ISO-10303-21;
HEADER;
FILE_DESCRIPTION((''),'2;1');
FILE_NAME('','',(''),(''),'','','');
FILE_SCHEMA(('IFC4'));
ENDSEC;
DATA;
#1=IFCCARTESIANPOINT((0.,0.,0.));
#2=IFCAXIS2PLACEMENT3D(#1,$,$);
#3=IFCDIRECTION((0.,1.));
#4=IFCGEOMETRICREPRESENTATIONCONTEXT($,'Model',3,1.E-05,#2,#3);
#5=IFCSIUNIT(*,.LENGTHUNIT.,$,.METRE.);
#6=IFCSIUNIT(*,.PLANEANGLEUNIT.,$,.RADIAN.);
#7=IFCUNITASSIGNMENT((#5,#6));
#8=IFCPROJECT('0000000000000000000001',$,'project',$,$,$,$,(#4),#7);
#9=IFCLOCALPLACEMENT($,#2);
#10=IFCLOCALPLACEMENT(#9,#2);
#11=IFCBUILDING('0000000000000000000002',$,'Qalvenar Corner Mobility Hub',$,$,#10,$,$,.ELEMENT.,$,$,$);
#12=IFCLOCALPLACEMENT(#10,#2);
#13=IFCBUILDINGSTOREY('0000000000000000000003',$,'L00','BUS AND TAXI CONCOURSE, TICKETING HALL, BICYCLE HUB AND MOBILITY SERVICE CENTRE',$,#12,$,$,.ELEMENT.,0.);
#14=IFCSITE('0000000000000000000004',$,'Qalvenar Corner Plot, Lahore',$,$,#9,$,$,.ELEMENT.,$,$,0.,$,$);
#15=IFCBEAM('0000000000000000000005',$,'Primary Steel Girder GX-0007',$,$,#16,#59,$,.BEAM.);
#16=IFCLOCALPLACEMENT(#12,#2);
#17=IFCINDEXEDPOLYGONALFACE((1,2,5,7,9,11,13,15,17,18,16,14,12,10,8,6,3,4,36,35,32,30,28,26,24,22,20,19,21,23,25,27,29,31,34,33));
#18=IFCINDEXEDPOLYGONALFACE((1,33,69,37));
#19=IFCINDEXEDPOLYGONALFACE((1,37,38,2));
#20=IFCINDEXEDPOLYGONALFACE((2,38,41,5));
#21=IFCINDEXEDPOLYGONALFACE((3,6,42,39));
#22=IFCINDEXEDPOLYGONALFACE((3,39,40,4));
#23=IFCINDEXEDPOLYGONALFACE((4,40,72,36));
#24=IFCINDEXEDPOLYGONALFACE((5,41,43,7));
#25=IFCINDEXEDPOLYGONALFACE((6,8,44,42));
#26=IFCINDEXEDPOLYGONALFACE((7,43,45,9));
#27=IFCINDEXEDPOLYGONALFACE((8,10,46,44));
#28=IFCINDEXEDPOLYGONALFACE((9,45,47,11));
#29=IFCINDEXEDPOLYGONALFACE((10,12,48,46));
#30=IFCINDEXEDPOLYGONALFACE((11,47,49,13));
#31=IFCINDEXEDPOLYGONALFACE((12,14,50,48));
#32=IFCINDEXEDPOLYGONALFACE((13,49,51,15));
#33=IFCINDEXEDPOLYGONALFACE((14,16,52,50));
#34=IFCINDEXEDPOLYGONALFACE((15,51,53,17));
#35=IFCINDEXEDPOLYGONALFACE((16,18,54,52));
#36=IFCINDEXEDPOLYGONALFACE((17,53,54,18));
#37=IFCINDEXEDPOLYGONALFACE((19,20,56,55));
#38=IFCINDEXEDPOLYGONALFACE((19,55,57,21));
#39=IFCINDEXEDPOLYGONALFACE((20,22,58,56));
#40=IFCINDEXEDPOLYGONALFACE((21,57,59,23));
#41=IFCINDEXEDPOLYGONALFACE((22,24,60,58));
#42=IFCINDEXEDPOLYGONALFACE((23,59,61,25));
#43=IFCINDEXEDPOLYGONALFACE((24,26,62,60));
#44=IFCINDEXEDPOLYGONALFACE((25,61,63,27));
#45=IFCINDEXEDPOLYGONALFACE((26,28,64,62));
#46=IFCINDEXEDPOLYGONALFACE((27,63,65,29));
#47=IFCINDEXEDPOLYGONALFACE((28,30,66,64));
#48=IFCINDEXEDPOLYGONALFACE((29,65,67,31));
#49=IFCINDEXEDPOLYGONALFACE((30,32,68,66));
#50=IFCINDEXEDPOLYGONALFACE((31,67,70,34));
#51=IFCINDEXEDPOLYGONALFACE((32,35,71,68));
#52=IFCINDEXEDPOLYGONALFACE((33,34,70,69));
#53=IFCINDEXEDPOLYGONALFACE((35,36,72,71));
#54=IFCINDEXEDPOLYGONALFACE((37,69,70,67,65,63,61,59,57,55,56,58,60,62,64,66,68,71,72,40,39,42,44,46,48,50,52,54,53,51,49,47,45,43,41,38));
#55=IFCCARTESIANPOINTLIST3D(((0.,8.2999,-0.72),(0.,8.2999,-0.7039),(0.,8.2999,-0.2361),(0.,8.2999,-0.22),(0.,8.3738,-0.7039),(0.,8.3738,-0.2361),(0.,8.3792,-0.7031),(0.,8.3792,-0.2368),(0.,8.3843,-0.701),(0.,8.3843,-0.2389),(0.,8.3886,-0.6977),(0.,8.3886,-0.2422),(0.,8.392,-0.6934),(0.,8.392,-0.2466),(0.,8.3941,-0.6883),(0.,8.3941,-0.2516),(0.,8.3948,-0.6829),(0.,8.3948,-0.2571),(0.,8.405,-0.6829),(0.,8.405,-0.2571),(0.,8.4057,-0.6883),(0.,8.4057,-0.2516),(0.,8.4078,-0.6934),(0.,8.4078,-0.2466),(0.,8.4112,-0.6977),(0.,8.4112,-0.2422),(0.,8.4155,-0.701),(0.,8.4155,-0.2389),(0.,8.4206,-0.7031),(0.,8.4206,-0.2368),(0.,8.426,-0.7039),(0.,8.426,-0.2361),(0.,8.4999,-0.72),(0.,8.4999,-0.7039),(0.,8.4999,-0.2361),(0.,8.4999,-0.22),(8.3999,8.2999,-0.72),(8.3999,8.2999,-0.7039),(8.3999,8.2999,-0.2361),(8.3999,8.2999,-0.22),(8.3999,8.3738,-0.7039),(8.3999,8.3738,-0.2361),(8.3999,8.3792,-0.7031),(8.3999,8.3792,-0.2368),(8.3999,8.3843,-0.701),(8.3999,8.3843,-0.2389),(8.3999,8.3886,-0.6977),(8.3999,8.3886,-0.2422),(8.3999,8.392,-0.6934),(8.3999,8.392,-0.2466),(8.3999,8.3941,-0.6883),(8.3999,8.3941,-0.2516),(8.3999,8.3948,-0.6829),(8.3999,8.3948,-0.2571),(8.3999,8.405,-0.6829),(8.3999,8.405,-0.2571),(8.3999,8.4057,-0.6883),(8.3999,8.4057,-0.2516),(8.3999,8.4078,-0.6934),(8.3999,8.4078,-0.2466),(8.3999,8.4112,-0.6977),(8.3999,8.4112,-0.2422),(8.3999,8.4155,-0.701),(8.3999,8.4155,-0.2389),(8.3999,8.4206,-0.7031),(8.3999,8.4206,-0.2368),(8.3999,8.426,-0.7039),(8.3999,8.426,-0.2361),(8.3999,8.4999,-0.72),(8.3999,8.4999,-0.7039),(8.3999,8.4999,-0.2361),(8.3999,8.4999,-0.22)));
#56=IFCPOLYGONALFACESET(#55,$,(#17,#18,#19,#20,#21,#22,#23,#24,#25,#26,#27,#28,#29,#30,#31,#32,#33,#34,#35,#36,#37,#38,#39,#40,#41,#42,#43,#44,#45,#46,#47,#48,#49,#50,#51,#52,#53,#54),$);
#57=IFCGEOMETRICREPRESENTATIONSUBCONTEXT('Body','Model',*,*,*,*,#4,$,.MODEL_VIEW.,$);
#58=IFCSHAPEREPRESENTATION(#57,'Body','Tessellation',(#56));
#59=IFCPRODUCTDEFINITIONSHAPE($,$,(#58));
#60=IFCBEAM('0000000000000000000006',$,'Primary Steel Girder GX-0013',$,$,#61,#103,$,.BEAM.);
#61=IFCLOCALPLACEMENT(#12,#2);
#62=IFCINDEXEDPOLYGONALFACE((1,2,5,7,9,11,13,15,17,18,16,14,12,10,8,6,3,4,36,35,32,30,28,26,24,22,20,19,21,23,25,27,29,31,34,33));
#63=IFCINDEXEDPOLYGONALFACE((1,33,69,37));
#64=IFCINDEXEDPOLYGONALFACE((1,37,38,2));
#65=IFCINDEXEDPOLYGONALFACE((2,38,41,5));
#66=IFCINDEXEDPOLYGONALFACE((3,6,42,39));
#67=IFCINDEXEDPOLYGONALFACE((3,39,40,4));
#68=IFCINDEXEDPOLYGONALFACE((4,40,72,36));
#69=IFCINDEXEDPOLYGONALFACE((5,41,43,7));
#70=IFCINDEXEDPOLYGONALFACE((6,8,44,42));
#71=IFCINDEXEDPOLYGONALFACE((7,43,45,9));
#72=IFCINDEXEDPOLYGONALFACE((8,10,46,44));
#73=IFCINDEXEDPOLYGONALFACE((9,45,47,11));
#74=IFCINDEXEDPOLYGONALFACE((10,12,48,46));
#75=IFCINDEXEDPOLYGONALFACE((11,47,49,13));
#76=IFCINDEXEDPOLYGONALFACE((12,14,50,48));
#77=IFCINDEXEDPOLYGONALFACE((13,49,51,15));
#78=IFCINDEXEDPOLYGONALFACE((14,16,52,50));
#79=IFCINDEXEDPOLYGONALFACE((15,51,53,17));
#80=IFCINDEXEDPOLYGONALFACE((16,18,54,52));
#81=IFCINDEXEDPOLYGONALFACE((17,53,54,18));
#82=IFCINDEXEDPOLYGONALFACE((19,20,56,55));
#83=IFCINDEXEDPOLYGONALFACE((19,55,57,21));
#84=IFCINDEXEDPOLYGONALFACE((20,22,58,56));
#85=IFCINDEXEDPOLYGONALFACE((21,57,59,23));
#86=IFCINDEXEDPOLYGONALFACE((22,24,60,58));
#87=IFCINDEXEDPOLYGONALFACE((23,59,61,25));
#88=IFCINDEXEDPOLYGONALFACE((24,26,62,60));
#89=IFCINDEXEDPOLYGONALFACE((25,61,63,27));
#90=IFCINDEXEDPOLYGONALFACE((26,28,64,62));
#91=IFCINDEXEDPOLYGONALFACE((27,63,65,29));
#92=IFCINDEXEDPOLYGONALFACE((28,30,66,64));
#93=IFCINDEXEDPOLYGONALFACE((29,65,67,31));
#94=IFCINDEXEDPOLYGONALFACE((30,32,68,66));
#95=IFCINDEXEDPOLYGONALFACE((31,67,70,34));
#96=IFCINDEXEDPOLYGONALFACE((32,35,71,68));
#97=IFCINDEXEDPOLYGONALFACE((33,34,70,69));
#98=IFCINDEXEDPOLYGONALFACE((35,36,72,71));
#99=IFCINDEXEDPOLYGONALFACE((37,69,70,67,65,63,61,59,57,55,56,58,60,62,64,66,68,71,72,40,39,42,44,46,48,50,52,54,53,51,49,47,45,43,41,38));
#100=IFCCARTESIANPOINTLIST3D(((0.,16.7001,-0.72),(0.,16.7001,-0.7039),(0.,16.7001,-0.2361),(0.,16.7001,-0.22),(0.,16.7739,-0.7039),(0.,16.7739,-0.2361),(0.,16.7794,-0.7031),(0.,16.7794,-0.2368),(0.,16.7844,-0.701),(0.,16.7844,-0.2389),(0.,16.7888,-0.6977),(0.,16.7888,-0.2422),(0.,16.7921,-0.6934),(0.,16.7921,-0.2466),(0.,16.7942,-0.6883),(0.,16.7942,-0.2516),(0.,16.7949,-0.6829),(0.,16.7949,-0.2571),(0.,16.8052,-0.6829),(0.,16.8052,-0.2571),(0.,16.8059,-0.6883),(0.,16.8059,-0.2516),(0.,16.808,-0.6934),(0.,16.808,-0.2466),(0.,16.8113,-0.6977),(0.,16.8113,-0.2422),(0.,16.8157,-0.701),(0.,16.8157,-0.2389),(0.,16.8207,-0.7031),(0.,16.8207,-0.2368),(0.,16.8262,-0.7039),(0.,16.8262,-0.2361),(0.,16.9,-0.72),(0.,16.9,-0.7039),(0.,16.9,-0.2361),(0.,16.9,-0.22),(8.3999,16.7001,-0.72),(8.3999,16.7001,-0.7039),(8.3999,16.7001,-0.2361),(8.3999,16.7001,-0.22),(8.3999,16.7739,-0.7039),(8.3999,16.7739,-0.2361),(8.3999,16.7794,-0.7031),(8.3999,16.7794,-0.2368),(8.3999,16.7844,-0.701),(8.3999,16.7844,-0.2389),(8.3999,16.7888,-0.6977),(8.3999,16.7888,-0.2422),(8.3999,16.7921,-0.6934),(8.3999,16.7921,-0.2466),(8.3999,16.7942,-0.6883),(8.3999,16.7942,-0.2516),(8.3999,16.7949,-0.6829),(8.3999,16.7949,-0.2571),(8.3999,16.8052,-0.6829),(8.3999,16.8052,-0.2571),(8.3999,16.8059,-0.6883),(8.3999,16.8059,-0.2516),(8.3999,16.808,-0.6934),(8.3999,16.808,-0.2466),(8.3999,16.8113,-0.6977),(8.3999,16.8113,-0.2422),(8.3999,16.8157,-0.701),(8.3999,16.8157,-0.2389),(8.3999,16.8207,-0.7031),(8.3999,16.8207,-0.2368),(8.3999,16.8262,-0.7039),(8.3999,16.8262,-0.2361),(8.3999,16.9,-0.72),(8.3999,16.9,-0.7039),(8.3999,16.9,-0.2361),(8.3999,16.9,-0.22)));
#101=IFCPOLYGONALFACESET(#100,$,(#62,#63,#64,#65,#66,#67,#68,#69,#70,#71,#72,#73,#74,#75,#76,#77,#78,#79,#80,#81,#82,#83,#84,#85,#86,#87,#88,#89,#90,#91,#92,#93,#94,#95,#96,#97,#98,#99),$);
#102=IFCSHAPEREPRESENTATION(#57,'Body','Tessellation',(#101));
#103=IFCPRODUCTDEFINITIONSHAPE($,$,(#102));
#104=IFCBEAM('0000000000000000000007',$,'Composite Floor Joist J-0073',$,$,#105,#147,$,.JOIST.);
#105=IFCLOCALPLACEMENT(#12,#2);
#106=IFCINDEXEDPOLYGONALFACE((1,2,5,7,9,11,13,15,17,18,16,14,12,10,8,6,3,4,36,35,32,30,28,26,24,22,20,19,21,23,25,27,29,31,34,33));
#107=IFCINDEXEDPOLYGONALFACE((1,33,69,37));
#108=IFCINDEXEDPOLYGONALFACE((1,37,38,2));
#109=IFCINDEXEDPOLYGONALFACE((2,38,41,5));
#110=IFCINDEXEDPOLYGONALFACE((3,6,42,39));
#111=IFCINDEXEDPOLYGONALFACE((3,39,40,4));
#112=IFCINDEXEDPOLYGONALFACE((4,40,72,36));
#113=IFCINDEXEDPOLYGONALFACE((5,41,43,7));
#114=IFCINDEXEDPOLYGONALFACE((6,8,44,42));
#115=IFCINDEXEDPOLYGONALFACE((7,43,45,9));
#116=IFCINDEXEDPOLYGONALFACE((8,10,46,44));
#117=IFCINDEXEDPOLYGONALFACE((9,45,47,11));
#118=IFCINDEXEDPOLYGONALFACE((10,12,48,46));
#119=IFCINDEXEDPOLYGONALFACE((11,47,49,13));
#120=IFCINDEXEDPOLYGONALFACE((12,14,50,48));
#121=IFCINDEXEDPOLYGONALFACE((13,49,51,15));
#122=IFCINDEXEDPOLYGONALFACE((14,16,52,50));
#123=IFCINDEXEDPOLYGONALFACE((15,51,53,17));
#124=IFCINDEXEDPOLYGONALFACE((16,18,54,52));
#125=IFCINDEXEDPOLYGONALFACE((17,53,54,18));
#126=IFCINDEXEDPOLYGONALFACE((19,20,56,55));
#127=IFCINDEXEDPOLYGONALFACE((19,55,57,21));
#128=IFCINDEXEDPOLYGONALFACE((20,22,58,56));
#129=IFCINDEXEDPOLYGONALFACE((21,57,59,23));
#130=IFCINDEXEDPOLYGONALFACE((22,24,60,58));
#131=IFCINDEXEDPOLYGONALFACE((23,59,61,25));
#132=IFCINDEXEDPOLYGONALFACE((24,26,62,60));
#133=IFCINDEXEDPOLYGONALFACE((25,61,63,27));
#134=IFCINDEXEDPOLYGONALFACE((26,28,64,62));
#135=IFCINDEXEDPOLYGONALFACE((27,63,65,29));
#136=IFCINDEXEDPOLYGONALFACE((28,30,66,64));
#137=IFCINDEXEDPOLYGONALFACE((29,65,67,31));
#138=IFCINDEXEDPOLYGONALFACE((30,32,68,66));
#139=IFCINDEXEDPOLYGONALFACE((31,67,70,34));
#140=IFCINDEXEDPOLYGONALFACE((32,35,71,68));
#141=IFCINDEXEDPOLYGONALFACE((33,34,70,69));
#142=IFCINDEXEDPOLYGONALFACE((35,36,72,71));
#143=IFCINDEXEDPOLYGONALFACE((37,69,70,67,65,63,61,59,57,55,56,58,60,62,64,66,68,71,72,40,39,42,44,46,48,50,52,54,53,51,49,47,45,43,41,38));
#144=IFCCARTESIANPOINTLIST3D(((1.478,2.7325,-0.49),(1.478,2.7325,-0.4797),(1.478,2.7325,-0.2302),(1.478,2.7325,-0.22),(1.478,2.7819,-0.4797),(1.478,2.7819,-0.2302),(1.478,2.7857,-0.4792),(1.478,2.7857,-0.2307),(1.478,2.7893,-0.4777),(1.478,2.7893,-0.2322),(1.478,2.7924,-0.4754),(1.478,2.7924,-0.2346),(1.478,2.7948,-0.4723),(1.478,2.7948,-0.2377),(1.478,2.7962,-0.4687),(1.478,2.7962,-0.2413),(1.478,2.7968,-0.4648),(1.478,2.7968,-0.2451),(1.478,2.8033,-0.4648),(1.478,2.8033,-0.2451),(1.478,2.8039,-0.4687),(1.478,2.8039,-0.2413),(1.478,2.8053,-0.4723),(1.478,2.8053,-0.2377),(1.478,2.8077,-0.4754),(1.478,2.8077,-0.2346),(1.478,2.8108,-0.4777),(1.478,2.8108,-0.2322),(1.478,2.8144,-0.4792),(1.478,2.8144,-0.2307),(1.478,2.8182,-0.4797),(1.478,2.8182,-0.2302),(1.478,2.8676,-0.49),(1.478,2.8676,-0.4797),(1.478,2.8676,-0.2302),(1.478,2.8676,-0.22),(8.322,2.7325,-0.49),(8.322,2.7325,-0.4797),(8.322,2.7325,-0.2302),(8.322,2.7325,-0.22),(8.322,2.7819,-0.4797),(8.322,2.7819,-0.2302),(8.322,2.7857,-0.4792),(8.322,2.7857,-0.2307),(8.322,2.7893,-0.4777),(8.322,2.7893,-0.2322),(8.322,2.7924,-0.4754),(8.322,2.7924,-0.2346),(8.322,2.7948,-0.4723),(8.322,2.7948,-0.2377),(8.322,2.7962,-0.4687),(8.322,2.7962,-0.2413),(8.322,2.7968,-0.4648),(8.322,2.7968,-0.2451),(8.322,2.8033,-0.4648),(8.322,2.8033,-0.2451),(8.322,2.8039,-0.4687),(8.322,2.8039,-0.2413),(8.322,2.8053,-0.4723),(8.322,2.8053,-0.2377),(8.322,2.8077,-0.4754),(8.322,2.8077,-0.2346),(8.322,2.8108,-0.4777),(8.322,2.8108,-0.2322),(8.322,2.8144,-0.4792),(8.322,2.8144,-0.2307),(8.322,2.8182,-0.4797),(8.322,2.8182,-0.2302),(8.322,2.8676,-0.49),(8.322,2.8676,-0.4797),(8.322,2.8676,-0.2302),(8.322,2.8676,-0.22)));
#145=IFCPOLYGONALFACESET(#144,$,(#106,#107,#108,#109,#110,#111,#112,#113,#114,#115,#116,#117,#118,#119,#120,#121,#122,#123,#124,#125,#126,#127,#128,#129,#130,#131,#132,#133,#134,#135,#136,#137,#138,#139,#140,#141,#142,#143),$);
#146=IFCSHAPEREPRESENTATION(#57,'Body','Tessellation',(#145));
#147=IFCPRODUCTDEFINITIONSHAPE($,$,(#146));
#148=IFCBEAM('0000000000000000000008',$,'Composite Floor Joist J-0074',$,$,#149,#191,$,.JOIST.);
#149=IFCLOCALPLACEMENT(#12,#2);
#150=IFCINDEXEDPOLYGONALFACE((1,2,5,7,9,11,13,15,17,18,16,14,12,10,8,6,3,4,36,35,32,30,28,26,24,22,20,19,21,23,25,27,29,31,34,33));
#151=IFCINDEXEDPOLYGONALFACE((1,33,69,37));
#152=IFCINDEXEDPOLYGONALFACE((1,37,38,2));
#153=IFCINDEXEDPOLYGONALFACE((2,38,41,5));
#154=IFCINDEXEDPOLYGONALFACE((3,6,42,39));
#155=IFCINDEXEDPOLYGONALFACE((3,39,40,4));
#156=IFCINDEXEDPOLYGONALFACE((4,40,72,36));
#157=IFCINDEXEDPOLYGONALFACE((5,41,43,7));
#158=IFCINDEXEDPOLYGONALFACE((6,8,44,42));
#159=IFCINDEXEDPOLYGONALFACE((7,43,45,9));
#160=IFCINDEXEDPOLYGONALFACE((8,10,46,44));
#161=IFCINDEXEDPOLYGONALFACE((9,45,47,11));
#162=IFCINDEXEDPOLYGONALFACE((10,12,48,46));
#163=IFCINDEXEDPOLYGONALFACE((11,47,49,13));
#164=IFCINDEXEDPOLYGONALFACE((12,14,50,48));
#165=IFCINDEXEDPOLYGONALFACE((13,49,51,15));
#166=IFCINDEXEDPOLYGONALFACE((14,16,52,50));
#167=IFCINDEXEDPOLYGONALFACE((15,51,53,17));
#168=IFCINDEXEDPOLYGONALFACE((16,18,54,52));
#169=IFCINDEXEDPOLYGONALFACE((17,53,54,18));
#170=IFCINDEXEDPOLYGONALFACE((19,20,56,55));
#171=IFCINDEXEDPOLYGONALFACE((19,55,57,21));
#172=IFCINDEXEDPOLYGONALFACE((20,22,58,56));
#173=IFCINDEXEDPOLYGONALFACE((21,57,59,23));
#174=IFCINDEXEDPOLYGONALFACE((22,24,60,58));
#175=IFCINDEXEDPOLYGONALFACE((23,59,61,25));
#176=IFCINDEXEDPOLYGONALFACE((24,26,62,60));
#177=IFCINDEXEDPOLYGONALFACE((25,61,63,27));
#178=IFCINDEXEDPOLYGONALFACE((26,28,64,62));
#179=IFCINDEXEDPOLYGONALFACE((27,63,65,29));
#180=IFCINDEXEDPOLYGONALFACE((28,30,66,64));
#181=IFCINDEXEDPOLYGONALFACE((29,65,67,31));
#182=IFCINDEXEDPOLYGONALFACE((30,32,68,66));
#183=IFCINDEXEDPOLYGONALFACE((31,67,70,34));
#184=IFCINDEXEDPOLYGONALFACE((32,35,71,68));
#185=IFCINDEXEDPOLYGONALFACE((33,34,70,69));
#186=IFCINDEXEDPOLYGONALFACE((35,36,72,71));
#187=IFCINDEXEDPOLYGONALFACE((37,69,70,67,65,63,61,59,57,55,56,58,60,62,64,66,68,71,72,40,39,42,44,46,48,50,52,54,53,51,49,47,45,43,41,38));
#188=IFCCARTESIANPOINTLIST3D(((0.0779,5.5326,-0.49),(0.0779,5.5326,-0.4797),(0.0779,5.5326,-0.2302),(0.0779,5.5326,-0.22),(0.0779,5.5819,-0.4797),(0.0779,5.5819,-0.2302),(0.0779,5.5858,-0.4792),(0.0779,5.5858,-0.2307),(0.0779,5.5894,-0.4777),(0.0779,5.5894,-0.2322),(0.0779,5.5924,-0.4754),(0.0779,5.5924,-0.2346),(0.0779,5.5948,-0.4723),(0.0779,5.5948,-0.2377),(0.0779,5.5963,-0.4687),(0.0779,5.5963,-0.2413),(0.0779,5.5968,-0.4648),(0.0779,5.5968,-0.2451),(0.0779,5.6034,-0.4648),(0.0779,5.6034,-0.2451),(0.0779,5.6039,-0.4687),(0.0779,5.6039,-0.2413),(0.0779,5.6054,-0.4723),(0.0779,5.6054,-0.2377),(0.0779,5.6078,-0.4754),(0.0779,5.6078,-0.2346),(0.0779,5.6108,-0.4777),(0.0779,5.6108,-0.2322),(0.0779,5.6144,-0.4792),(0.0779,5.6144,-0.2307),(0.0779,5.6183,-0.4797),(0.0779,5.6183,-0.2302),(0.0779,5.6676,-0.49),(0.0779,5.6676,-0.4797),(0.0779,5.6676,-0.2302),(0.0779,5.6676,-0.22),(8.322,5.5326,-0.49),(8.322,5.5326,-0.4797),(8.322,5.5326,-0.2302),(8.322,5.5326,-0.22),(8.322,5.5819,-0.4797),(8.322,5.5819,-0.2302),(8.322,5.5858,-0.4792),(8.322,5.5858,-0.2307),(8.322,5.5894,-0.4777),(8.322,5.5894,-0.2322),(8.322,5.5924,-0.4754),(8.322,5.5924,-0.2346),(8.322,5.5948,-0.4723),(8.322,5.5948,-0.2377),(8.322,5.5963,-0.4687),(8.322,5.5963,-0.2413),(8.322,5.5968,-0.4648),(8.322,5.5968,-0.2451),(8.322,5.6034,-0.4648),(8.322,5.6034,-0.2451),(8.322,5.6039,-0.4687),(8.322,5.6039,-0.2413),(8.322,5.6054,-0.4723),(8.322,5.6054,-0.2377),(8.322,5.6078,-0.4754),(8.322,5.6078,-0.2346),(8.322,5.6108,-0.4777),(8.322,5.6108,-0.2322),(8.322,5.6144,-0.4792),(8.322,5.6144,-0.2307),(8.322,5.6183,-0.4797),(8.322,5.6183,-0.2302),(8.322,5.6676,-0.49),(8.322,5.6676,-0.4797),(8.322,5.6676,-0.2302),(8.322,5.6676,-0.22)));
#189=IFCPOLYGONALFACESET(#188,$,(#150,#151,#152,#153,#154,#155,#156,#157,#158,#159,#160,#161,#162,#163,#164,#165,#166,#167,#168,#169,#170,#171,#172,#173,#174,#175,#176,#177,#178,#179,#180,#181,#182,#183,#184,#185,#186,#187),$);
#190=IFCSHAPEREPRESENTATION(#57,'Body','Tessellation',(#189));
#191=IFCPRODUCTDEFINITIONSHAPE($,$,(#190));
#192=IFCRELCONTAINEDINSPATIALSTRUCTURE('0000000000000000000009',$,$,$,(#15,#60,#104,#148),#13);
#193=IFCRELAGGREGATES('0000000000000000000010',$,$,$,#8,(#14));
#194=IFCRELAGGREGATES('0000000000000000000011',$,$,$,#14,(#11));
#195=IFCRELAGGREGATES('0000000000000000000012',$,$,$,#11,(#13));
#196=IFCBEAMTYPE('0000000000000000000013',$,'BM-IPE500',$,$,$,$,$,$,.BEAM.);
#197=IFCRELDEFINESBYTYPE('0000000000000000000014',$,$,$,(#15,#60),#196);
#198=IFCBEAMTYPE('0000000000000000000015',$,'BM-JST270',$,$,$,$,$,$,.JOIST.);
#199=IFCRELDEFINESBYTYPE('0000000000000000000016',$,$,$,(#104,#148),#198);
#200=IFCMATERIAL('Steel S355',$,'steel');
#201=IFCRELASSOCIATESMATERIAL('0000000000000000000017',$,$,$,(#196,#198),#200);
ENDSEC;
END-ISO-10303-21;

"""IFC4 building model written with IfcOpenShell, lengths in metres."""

from ifc_helpers import new_model, si_unit, direction, frame, origin, origin_2d, place, context, subcontext, project, spatial, i_section, extrude, material, material_profile, profile_set, type_object, element, save


model = new_model("IFC4")

# Units and contexts
model_context = context("Model", 3, precision=1e-05, world=origin(), true_north=direction((0.0, 1.0)))
body_context = subcontext(model_context, "Body", "Model", "MODEL_VIEW")
ifc_project = project(units=[si_unit("LENGTHUNIT", "METRE"), si_unit("PLANEANGLEUNIT", "RADIAN")], contexts=[model_context])

# Site, building, storey
site_placement = place(None, origin())
site = spatial("IfcSite", under=ifc_project, at=site_placement, Name="Qalvenar Corner Plot, Lahore", CompositionType="ELEMENT", RefElevation=0.0)
building_placement = place(site_placement, origin())
building = spatial("IfcBuilding", under=site, at=building_placement, Name="Qalvenar Corner Mobility Hub", CompositionType="ELEMENT")
storey_placement = place(building_placement, origin())
storey = spatial("IfcBuildingStorey", under=building, at=storey_placement, Name="L00", Description="BUS AND TAXI CONCOURSE, TICKETING HALL, BICYCLE HUB AND MOBILITY SERVICE CENTRE", CompositionType="ELEMENT", Elevation=0.0)

# Shared definitions
ifc_material_1 = material(Name="Steel S355", Category="steel")

# Beams
ifc_material_profile_1 = material_profile(ifc_material_1, i_section(OverallWidth=0.2, OverallDepth=0.5, WebThickness=0.0103, FlangeThickness=0.0161, FilletRadius=0.021, at=origin_2d()), Name="IPE500")
ifc_profile_set_1 = profile_set([ifc_material_profile_1], Name="Steel S355")
beam_type_1 = type_object("IfcBeamType", Name="BM-IPE500", PredefinedType="BEAM", material=ifc_profile_set_1)
for number, where, z_axis, x_axis, name in (
    (1, (0.0, 8.3999, -0.47), (1.0, 0.0, 0.0), (0.0, 1.0, 0.0), "Primary Steel Girder GX-0007"),
    (2, (0.0, 16.8, -0.47), (1.0, 0.0, 0.0), (0.0, 1.0, 0.0), "Primary Steel Girder GX-0013"),
):
    element("IfcBeam", number, at=place(storey_placement, frame(where, z_axis=z_axis, x_axis=x_axis)), inside=storey, type_object=beam_type_1, Name=name, PredefinedType="BEAM", context=body_context, shape_type="SweptSolid", body=[
        extrude(i_section(OverallWidth=0.2, OverallDepth=0.5, WebThickness=0.0103, FlangeThickness=0.0161, FilletRadius=0.021, at=origin_2d()), origin(), (0.0, 0.0, 1.0), 8.3999),
    ])
ifc_material_profile_2 = material_profile(ifc_material_1, i_section(OverallWidth=0.135, OverallDepth=0.27, WebThickness=0.0066, FlangeThickness=0.0103, FilletRadius=0.0149, at=origin_2d()), Name="IPE270")
ifc_profile_set_2 = profile_set([ifc_material_profile_2], Name="Steel S355")
beam_type_2 = type_object("IfcBeamType", Name="BM-JST270", PredefinedType="JOIST", material=ifc_profile_set_2)
beam_1_placement = place(storey_placement, frame((1.478, 2.8, -0.355), z_axis=(1.0, 0.0, 0.0), x_axis=(0.0, 1.0, 0.0)))
element("IfcBeam", 3, at=beam_1_placement, inside=storey, type_object=beam_type_2, Name="Composite Floor Joist J-0073", PredefinedType="JOIST", context=body_context, shape_type="SweptSolid", body=[
    extrude(i_section(OverallWidth=0.135, OverallDepth=0.27, WebThickness=0.0066, FlangeThickness=0.0103, FilletRadius=0.0149, at=origin_2d()), origin(), (0.0, 0.0, 1.0), 6.844),
])
for number, where, z_axis, x_axis, name in (
    (4, (0.0779, 5.6001, -0.355), (1.0, 0.0, 0.0), (0.0, 1.0, 0.0), "Composite Floor Joist J-0074"),
):
    element("IfcBeam", number, at=place(storey_placement, frame(where, z_axis=z_axis, x_axis=x_axis)), inside=storey, type_object=beam_type_2, Name=name, PredefinedType="JOIST", context=body_context, shape_type="SweptSolid", body=[
        extrude(i_section(OverallWidth=0.135, OverallDepth=0.27, WebThickness=0.0066, FlangeThickness=0.0103, FilletRadius=0.0149, at=origin_2d()), origin(), (0.0, 0.0, 1.0), 8.2441),
    ])

save(model, "model.ifc")
